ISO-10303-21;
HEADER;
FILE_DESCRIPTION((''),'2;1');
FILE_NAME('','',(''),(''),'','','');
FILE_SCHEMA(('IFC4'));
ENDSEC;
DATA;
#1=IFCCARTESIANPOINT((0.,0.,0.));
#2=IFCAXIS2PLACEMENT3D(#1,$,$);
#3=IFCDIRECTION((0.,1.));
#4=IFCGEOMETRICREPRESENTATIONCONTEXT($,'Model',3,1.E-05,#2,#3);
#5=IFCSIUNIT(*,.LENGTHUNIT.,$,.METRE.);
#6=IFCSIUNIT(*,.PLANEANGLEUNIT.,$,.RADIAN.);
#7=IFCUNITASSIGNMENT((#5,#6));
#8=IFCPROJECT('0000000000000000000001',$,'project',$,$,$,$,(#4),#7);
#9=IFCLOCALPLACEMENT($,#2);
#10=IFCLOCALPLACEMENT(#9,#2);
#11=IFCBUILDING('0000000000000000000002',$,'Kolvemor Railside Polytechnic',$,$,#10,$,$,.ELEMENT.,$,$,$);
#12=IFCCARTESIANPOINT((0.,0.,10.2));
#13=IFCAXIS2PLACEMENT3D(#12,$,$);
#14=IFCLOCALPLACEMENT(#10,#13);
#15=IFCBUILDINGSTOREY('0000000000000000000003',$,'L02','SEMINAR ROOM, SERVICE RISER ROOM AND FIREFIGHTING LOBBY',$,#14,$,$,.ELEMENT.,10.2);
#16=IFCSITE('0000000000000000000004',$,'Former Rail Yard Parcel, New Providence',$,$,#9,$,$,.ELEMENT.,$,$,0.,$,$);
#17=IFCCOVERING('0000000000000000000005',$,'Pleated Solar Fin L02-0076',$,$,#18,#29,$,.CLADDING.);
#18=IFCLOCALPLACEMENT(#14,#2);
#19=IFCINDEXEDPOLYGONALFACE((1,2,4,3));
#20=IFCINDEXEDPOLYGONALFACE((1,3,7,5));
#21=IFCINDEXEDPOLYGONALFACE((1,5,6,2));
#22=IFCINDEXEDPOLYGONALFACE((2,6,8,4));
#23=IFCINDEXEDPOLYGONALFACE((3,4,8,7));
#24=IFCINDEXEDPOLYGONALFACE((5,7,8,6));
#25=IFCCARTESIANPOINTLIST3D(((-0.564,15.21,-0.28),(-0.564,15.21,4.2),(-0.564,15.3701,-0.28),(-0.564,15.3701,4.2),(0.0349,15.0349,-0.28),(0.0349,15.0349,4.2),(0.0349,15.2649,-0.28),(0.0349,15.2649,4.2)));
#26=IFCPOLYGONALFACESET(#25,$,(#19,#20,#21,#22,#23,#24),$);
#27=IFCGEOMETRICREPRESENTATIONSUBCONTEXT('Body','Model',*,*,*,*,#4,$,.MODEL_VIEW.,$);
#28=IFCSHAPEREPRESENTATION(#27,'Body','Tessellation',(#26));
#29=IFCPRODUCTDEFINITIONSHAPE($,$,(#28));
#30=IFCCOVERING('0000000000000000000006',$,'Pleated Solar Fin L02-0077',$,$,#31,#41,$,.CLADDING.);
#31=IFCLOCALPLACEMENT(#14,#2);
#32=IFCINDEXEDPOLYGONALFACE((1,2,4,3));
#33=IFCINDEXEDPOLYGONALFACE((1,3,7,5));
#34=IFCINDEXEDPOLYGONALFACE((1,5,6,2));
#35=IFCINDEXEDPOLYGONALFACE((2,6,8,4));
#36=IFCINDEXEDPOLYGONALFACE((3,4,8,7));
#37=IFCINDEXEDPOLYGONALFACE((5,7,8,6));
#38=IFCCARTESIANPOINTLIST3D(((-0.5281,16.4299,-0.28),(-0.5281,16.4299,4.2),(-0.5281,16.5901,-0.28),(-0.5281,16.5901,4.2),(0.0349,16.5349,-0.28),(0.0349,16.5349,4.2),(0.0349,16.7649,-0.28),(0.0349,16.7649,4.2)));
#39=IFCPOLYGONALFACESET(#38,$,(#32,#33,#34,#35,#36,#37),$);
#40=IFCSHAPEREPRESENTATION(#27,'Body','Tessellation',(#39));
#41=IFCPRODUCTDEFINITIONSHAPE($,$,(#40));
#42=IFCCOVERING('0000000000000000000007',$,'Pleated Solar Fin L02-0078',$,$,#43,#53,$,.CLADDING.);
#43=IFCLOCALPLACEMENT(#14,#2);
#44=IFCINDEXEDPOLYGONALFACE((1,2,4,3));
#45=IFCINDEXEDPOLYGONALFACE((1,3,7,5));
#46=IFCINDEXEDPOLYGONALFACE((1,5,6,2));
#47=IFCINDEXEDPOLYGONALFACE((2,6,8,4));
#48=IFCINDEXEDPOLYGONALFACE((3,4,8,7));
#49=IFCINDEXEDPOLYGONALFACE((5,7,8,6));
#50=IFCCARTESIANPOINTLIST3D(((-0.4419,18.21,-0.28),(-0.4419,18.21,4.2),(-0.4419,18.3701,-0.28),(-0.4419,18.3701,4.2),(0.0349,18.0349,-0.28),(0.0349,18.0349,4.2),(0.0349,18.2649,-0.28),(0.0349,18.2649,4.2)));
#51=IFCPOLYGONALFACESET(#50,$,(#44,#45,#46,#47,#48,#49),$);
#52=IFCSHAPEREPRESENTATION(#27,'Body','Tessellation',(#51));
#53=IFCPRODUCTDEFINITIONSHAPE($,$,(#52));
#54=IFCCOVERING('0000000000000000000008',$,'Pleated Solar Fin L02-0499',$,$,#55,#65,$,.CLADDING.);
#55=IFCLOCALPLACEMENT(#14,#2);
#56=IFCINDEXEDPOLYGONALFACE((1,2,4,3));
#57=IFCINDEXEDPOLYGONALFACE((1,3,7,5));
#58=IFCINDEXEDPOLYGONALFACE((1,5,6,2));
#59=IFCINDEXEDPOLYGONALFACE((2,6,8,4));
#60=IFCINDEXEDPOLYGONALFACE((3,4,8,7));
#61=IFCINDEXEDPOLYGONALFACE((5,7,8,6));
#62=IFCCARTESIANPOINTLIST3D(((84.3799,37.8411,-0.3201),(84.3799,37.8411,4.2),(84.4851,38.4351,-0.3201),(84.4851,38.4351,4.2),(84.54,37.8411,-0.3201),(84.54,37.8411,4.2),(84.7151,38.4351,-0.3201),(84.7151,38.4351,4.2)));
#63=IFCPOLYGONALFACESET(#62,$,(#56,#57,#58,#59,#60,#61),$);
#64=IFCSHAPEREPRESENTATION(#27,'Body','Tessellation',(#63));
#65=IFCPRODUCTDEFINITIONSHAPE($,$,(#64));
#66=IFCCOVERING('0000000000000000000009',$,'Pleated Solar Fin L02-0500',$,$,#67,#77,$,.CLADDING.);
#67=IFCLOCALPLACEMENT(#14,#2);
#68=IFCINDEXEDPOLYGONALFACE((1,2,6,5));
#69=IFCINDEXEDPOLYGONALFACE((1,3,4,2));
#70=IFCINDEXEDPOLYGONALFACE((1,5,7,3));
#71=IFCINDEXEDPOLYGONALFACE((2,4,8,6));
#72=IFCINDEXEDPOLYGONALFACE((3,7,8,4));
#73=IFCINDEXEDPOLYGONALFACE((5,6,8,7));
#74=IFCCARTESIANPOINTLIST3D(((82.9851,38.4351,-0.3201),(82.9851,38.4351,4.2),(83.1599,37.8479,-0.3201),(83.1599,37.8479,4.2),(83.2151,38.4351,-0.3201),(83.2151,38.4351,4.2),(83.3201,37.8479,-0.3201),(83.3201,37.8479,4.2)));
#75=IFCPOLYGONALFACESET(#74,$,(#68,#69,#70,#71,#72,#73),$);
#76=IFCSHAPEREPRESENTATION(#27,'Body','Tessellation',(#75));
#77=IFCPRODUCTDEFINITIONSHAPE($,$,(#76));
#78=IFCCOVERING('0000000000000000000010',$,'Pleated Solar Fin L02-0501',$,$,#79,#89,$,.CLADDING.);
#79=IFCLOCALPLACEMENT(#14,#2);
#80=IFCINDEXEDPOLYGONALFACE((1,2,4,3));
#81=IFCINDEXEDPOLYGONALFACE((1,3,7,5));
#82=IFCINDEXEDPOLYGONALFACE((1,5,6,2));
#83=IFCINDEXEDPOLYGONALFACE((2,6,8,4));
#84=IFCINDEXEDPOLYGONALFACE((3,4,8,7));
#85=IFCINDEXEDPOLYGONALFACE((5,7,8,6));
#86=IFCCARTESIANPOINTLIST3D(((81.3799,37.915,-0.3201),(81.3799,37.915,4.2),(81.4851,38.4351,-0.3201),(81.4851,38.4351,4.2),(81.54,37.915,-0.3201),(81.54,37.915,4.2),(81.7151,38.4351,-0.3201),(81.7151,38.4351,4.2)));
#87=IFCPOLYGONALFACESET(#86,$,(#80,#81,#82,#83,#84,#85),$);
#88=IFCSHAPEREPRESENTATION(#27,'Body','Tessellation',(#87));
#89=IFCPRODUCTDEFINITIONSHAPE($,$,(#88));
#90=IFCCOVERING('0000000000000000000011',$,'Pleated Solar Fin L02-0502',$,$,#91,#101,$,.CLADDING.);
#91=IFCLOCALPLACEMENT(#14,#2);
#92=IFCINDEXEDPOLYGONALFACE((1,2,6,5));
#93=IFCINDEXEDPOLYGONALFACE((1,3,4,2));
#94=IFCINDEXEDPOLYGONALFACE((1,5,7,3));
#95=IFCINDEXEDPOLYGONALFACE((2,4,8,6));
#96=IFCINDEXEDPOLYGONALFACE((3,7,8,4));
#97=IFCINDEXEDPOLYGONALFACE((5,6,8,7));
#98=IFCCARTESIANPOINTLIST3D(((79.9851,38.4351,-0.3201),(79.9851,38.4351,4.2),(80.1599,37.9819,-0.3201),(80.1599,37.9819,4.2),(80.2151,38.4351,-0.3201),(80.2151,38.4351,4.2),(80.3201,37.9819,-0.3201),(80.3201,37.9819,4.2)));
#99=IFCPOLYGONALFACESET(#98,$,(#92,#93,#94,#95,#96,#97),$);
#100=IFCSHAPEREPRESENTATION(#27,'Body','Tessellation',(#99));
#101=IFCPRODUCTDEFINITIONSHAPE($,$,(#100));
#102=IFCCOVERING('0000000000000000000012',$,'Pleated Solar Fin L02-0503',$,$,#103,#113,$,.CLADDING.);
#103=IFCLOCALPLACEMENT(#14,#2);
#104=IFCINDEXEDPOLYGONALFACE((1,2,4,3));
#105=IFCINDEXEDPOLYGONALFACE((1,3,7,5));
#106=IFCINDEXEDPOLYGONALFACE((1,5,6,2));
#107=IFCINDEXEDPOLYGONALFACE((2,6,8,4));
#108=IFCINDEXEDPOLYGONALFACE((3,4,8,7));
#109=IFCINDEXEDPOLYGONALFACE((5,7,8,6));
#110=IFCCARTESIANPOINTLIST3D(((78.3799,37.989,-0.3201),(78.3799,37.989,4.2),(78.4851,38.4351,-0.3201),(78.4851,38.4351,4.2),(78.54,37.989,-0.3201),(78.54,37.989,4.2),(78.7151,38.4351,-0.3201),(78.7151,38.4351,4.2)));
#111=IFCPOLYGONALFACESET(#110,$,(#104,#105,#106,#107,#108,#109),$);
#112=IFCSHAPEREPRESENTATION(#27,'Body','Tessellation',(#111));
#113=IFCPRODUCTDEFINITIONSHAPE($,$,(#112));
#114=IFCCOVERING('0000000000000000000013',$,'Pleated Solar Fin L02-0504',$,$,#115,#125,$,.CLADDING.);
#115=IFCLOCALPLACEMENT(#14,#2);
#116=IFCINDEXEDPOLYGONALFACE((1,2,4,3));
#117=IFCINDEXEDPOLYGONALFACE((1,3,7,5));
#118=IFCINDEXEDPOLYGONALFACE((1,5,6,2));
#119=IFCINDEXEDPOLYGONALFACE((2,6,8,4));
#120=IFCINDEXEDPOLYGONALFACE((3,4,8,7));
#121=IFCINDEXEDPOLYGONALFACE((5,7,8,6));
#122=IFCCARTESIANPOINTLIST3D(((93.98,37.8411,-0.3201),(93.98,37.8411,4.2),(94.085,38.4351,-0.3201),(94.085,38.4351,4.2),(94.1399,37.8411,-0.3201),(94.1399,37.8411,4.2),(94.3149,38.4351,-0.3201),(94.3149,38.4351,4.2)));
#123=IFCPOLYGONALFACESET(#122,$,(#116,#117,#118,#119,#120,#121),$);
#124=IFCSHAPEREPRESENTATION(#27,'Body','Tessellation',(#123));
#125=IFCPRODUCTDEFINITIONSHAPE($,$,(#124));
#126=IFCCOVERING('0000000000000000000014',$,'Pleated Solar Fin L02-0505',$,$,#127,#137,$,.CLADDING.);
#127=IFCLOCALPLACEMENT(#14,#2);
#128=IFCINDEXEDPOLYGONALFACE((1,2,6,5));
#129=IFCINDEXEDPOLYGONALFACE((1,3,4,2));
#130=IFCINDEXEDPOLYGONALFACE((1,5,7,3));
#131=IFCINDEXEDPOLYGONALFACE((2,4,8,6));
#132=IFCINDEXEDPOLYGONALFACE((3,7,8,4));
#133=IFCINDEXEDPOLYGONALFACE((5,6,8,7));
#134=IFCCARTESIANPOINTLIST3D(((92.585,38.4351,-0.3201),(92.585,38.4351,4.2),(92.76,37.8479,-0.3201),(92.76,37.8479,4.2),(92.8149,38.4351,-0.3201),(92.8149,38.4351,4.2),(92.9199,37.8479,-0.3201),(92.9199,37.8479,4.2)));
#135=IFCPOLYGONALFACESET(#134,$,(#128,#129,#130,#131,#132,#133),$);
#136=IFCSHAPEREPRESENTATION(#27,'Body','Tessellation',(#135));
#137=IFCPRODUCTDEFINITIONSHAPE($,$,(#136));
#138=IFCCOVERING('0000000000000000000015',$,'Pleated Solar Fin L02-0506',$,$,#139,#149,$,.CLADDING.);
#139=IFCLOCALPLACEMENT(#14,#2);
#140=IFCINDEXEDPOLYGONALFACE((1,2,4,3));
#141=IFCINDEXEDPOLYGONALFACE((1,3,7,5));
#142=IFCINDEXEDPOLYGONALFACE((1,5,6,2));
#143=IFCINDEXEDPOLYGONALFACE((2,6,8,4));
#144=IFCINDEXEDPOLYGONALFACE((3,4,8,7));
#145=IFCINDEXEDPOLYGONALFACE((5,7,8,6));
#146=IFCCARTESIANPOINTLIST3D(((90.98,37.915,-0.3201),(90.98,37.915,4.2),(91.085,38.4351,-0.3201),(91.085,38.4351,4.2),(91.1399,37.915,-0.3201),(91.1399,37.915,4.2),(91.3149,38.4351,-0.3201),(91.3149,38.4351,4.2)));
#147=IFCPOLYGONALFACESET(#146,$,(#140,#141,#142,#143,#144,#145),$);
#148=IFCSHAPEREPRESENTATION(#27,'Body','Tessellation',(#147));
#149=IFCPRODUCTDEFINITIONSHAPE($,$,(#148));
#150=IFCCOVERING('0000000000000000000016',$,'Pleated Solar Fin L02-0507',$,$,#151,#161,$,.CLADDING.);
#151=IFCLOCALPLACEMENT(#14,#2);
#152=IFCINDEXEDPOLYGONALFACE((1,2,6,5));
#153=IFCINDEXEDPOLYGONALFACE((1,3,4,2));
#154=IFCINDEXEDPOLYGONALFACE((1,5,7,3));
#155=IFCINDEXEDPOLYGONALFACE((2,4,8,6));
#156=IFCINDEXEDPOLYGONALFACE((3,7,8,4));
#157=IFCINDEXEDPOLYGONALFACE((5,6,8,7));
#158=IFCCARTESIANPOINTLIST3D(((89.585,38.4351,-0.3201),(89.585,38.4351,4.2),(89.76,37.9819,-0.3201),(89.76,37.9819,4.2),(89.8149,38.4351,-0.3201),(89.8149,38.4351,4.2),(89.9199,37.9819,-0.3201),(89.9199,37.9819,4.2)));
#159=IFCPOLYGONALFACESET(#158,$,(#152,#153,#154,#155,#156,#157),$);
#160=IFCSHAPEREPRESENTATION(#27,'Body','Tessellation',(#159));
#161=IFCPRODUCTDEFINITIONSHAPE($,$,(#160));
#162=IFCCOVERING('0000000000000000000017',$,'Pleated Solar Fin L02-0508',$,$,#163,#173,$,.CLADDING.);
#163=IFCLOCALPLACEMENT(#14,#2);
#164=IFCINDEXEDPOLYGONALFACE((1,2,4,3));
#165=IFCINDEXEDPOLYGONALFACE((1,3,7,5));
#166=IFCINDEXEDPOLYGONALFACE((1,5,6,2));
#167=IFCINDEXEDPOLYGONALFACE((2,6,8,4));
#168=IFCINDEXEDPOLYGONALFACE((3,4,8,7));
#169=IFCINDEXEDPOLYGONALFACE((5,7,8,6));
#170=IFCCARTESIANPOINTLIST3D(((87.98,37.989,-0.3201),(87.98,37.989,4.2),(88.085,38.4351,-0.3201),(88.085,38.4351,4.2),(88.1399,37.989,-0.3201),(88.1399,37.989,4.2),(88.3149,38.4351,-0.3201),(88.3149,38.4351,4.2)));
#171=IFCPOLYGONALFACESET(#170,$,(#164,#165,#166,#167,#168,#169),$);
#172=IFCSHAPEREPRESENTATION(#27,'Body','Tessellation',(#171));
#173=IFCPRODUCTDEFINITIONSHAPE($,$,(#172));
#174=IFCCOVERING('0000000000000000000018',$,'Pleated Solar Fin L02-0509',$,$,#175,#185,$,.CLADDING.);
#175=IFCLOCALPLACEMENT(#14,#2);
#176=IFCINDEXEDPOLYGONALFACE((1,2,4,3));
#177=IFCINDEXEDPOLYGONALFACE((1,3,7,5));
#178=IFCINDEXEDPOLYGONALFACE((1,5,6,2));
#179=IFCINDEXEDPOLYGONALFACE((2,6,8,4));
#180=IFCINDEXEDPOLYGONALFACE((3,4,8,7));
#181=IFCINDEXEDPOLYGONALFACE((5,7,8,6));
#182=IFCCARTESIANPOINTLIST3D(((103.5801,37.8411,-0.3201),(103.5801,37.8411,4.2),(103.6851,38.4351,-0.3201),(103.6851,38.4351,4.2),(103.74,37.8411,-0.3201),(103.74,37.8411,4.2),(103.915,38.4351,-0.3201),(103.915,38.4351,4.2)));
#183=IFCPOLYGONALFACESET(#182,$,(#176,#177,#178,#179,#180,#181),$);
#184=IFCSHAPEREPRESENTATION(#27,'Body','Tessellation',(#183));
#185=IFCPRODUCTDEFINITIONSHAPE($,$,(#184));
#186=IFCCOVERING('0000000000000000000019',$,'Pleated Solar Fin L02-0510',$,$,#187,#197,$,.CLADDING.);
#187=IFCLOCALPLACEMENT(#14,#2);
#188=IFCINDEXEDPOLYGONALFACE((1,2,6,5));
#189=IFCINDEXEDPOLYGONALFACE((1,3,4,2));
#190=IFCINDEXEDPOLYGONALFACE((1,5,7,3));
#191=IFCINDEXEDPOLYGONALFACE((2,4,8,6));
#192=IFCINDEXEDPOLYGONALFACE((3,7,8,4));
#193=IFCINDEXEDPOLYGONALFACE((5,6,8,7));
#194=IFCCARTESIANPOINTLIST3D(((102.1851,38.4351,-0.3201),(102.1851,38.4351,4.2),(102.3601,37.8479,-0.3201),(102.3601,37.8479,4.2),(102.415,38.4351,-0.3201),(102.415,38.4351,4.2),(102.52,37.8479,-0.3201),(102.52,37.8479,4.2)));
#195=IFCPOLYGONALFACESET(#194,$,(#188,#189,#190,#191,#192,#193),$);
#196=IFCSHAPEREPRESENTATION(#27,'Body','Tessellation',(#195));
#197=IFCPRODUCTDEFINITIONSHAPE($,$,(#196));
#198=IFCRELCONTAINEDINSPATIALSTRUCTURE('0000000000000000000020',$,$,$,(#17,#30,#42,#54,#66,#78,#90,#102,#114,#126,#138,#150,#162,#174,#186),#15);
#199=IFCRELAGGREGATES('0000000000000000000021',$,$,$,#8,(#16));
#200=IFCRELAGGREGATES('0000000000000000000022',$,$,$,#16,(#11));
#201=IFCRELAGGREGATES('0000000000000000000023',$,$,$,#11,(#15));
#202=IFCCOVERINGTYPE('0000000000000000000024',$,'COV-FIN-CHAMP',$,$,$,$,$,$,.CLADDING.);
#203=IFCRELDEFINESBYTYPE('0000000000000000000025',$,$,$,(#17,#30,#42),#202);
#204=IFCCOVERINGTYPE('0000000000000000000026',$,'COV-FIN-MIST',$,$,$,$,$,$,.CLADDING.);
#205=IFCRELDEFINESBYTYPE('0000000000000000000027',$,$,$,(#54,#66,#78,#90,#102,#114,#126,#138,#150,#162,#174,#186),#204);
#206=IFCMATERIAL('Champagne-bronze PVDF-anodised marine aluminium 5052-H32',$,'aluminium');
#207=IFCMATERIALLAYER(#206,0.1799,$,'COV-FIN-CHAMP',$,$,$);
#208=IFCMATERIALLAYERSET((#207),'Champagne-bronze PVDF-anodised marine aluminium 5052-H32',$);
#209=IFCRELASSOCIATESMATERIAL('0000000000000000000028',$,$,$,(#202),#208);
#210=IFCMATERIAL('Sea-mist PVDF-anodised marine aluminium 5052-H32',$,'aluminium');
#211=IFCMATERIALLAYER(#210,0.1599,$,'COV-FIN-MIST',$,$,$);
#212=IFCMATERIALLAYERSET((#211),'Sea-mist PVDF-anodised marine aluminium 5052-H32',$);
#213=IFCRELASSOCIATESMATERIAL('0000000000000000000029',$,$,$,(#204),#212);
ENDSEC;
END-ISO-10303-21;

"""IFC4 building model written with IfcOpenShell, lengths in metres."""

from ifc_helpers import new_model, si_unit, direction, frame, origin, place, context, subcontext, project, spatial, polyline, outline, extrude, material, layer, layer_set, type_object, element, save


model = new_model("IFC4")

# Units and contexts
model_context = context("Model", 3, precision=1e-05, world=origin(), true_north=direction((0.0, 1.0)))
body_context = subcontext(model_context, "Body", "Model", "MODEL_VIEW")
ifc_project = project(units=[si_unit("LENGTHUNIT", "METRE"), si_unit("PLANEANGLEUNIT", "RADIAN")], contexts=[model_context])

# Site, building, storey
site_placement = place(None, origin())
site = spatial("IfcSite", under=ifc_project, at=site_placement, Name="Former Rail Yard Parcel, New Providence", CompositionType="ELEMENT", RefElevation=0.0)
building_placement = place(site_placement, origin())
building = spatial("IfcBuilding", under=site, at=building_placement, Name="Kolvemor Railside Polytechnic", CompositionType="ELEMENT")
storey_placement = place(building_placement, frame((0.0, 0.0, 10.2)))
storey = spatial("IfcBuildingStorey", under=building, at=storey_placement, Name="L02", Description="SEMINAR ROOM, SERVICE RISER ROOM AND FIREFIGHTING LOBBY", CompositionType="ELEMENT", Elevation=10.2)

# Coverings
ifc_material_1 = material(Name="Champagne-bronze PVDF-anodised marine aluminium 5052-H32", Category="aluminium")
ifc_layer_1 = layer(ifc_material_1, 0.1799, Name="COV-FIN-CHAMP")
ifc_layer_set_1 = layer_set([ifc_layer_1], Name="Champagne-bronze PVDF-anodised marine aluminium 5052-H32")
covering_type_1 = type_object("IfcCoveringType", Name="COV-FIN-CHAMP", PredefinedType="CLADDING", material=ifc_layer_set_1)
covering_1_placement = place(storey_placement, frame((0.0, 0.0, -0.28)))
element("IfcCovering", 1, at=covering_1_placement, inside=storey, type_object=covering_type_1, Name="Pleated Solar Fin L02-0076", PredefinedType="CLADDING", context=body_context, shape_type="SweptSolid", body=[
    extrude(outline(polyline([(0.0349, 15.0349), (0.0349, 15.2649), (-0.564, 15.3701), (-0.564, 15.21), (0.0349, 15.0349)])), origin(), (0.0, 0.0, 1.0), 4.48),
])
covering_2_placement = place(storey_placement, frame((0.0, 0.0, -0.28)))
element("IfcCovering", 2, at=covering_2_placement, inside=storey, type_object=covering_type_1, Name="Pleated Solar Fin L02-0077", PredefinedType="CLADDING", context=body_context, shape_type="SweptSolid", body=[
    extrude(outline(polyline([(0.0349, 16.5349), (0.0349, 16.7649), (-0.5281, 16.5901), (-0.5281, 16.4299), (0.0349, 16.5349)])), origin(), (0.0, 0.0, 1.0), 4.48),
])
covering_3_placement = place(storey_placement, frame((0.0, 0.0, -0.28)))
element("IfcCovering", 3, at=covering_3_placement, inside=storey, type_object=covering_type_1, Name="Pleated Solar Fin L02-0078", PredefinedType="CLADDING", context=body_context, shape_type="SweptSolid", body=[
    extrude(outline(polyline([(0.0349, 18.0349), (0.0349, 18.2649), (-0.4419, 18.3701), (-0.4419, 18.21), (0.0349, 18.0349)])), origin(), (0.0, 0.0, 1.0), 4.48),
])
ifc_material_2 = material(Name="Sea-mist PVDF-anodised marine aluminium 5052-H32", Category="aluminium")
ifc_layer_2 = layer(ifc_material_2, 0.1599, Name="COV-FIN-MIST")
ifc_layer_set_2 = layer_set([ifc_layer_2], Name="Sea-mist PVDF-anodised marine aluminium 5052-H32")
covering_type_2 = type_object("IfcCoveringType", Name="COV-FIN-MIST", PredefinedType="CLADDING", material=ifc_layer_set_2)
covering_4_placement = place(storey_placement, frame((0.0, 0.0, -0.3201)))
element("IfcCovering", 4, at=covering_4_placement, inside=storey, type_object=covering_type_2, Name="Pleated Solar Fin L02-0499", PredefinedType="CLADDING", context=body_context, shape_type="SweptSolid", body=[
    extrude(outline(polyline([(84.7151, 38.4351), (84.4851, 38.4351), (84.3799, 37.8411), (84.54, 37.8411), (84.7151, 38.4351)])), origin(), (0.0, 0.0, 1.0), 4.52),
])
covering_5_placement = place(storey_placement, frame((0.0, 0.0, -0.3201)))
element("IfcCovering", 5, at=covering_5_placement, inside=storey, type_object=covering_type_2, Name="Pleated Solar Fin L02-0500", PredefinedType="CLADDING", context=body_context, shape_type="SweptSolid", body=[
    extrude(outline(polyline([(83.2151, 38.4351), (82.9851, 38.4351), (83.1599, 37.8479), (83.3201, 37.8479), (83.2151, 38.4351)])), origin(), (0.0, 0.0, 1.0), 4.52),
])
covering_6_placement = place(storey_placement, frame((0.0, 0.0, -0.3201)))
element("IfcCovering", 6, at=covering_6_placement, inside=storey, type_object=covering_type_2, Name="Pleated Solar Fin L02-0501", PredefinedType="CLADDING", context=body_context, shape_type="SweptSolid", body=[
    extrude(outline(polyline([(81.7151, 38.4351), (81.4851, 38.4351), (81.3799, 37.915), (81.54, 37.915), (81.7151, 38.4351)])), origin(), (0.0, 0.0, 1.0), 4.52),
])
covering_7_placement = place(storey_placement, frame((0.0, 0.0, -0.3201)))
element("IfcCovering", 7, at=covering_7_placement, inside=storey, type_object=covering_type_2, Name="Pleated Solar Fin L02-0502", PredefinedType="CLADDING", context=body_context, shape_type="SweptSolid", body=[
    extrude(outline(polyline([(80.2151, 38.4351), (79.9851, 38.4351), (80.1599, 37.9819), (80.3201, 37.9819), (80.2151, 38.4351)])), origin(), (0.0, 0.0, 1.0), 4.52),
])
covering_8_placement = place(storey_placement, frame((0.0, 0.0, -0.3201)))
element("IfcCovering", 8, at=covering_8_placement, inside=storey, type_object=covering_type_2, Name="Pleated Solar Fin L02-0503", PredefinedType="CLADDING", context=body_context, shape_type="SweptSolid", body=[
    extrude(outline(polyline([(78.7151, 38.4351), (78.4851, 38.4351), (78.3799, 37.989), (78.54, 37.989), (78.7151, 38.4351)])), origin(), (0.0, 0.0, 1.0), 4.52),
])
covering_9_placement = place(storey_placement, frame((0.0, 0.0, -0.3201)))
element("IfcCovering", 9, at=covering_9_placement, inside=storey, type_object=covering_type_2, Name="Pleated Solar Fin L02-0504", PredefinedType="CLADDING", context=body_context, shape_type="SweptSolid", body=[
    extrude(outline(polyline([(94.3149, 38.4351), (94.085, 38.4351), (93.98, 37.8411), (94.1399, 37.8411), (94.3149, 38.4351)])), origin(), (0.0, 0.0, 1.0), 4.52),
])
covering_10_placement = place(storey_placement, frame((0.0, 0.0, -0.3201)))
element("IfcCovering", 10, at=covering_10_placement, inside=storey, type_object=covering_type_2, Name="Pleated Solar Fin L02-0505", PredefinedType="CLADDING", context=body_context, shape_type="SweptSolid", body=[
    extrude(outline(polyline([(92.8149, 38.4351), (92.585, 38.4351), (92.76, 37.8479), (92.9199, 37.8479), (92.8149, 38.4351)])), origin(), (0.0, 0.0, 1.0), 4.52),
])
covering_11_placement = place(storey_placement, frame((0.0, 0.0, -0.3201)))
element("IfcCovering", 11, at=covering_11_placement, inside=storey, type_object=covering_type_2, Name="Pleated Solar Fin L02-0506", PredefinedType="CLADDING", context=body_context, shape_type="SweptSolid", body=[
    extrude(outline(polyline([(91.3149, 38.4351), (91.085, 38.4351), (90.98, 37.915), (91.1399, 37.915), (91.3149, 38.4351)])), origin(), (0.0, 0.0, 1.0), 4.52),
])
covering_12_placement = place(storey_placement, frame((0.0, 0.0, -0.3201)))
element("IfcCovering", 12, at=covering_12_placement, inside=storey, type_object=covering_type_2, Name="Pleated Solar Fin L02-0507", PredefinedType="CLADDING", context=body_context, shape_type="SweptSolid", body=[
    extrude(outline(polyline([(89.8149, 38.4351), (89.585, 38.4351), (89.76, 37.9819), (89.9199, 37.9819), (89.8149, 38.4351)])), origin(), (0.0, 0.0, 1.0), 4.52),
])
covering_13_placement = place(storey_placement, frame((0.0, 0.0, -0.3201)))
element("IfcCovering", 13, at=covering_13_placement, inside=storey, type_object=covering_type_2, Name="Pleated Solar Fin L02-0508", PredefinedType="CLADDING", context=body_context, shape_type="SweptSolid", body=[
    extrude(outline(polyline([(88.3149, 38.4351), (88.085, 38.4351), (87.98, 37.989), (88.1399, 37.989), (88.3149, 38.4351)])), origin(), (0.0, 0.0, 1.0), 4.52),
])
covering_14_placement = place(storey_placement, frame((0.0, 0.0, -0.3201)))
element("IfcCovering", 14, at=covering_14_placement, inside=storey, type_object=covering_type_2, Name="Pleated Solar Fin L02-0509", PredefinedType="CLADDING", context=body_context, shape_type="SweptSolid", body=[
    extrude(outline(polyline([(103.915, 38.4351), (103.6851, 38.4351), (103.5801, 37.8411), (103.74, 37.8411), (103.915, 38.4351)])), origin(), (0.0, 0.0, 1.0), 4.52),
])
covering_15_placement = place(storey_placement, frame((0.0, 0.0, -0.3201)))
element("IfcCovering", 15, at=covering_15_placement, inside=storey, type_object=covering_type_2, Name="Pleated Solar Fin L02-0510", PredefinedType="CLADDING", context=body_context, shape_type="SweptSolid", body=[
    extrude(outline(polyline([(102.415, 38.4351), (102.1851, 38.4351), (102.3601, 37.8479), (102.52, 37.8479), (102.415, 38.4351)])), origin(), (0.0, 0.0, 1.0), 4.52),
])

save(model, "model.ifc")
